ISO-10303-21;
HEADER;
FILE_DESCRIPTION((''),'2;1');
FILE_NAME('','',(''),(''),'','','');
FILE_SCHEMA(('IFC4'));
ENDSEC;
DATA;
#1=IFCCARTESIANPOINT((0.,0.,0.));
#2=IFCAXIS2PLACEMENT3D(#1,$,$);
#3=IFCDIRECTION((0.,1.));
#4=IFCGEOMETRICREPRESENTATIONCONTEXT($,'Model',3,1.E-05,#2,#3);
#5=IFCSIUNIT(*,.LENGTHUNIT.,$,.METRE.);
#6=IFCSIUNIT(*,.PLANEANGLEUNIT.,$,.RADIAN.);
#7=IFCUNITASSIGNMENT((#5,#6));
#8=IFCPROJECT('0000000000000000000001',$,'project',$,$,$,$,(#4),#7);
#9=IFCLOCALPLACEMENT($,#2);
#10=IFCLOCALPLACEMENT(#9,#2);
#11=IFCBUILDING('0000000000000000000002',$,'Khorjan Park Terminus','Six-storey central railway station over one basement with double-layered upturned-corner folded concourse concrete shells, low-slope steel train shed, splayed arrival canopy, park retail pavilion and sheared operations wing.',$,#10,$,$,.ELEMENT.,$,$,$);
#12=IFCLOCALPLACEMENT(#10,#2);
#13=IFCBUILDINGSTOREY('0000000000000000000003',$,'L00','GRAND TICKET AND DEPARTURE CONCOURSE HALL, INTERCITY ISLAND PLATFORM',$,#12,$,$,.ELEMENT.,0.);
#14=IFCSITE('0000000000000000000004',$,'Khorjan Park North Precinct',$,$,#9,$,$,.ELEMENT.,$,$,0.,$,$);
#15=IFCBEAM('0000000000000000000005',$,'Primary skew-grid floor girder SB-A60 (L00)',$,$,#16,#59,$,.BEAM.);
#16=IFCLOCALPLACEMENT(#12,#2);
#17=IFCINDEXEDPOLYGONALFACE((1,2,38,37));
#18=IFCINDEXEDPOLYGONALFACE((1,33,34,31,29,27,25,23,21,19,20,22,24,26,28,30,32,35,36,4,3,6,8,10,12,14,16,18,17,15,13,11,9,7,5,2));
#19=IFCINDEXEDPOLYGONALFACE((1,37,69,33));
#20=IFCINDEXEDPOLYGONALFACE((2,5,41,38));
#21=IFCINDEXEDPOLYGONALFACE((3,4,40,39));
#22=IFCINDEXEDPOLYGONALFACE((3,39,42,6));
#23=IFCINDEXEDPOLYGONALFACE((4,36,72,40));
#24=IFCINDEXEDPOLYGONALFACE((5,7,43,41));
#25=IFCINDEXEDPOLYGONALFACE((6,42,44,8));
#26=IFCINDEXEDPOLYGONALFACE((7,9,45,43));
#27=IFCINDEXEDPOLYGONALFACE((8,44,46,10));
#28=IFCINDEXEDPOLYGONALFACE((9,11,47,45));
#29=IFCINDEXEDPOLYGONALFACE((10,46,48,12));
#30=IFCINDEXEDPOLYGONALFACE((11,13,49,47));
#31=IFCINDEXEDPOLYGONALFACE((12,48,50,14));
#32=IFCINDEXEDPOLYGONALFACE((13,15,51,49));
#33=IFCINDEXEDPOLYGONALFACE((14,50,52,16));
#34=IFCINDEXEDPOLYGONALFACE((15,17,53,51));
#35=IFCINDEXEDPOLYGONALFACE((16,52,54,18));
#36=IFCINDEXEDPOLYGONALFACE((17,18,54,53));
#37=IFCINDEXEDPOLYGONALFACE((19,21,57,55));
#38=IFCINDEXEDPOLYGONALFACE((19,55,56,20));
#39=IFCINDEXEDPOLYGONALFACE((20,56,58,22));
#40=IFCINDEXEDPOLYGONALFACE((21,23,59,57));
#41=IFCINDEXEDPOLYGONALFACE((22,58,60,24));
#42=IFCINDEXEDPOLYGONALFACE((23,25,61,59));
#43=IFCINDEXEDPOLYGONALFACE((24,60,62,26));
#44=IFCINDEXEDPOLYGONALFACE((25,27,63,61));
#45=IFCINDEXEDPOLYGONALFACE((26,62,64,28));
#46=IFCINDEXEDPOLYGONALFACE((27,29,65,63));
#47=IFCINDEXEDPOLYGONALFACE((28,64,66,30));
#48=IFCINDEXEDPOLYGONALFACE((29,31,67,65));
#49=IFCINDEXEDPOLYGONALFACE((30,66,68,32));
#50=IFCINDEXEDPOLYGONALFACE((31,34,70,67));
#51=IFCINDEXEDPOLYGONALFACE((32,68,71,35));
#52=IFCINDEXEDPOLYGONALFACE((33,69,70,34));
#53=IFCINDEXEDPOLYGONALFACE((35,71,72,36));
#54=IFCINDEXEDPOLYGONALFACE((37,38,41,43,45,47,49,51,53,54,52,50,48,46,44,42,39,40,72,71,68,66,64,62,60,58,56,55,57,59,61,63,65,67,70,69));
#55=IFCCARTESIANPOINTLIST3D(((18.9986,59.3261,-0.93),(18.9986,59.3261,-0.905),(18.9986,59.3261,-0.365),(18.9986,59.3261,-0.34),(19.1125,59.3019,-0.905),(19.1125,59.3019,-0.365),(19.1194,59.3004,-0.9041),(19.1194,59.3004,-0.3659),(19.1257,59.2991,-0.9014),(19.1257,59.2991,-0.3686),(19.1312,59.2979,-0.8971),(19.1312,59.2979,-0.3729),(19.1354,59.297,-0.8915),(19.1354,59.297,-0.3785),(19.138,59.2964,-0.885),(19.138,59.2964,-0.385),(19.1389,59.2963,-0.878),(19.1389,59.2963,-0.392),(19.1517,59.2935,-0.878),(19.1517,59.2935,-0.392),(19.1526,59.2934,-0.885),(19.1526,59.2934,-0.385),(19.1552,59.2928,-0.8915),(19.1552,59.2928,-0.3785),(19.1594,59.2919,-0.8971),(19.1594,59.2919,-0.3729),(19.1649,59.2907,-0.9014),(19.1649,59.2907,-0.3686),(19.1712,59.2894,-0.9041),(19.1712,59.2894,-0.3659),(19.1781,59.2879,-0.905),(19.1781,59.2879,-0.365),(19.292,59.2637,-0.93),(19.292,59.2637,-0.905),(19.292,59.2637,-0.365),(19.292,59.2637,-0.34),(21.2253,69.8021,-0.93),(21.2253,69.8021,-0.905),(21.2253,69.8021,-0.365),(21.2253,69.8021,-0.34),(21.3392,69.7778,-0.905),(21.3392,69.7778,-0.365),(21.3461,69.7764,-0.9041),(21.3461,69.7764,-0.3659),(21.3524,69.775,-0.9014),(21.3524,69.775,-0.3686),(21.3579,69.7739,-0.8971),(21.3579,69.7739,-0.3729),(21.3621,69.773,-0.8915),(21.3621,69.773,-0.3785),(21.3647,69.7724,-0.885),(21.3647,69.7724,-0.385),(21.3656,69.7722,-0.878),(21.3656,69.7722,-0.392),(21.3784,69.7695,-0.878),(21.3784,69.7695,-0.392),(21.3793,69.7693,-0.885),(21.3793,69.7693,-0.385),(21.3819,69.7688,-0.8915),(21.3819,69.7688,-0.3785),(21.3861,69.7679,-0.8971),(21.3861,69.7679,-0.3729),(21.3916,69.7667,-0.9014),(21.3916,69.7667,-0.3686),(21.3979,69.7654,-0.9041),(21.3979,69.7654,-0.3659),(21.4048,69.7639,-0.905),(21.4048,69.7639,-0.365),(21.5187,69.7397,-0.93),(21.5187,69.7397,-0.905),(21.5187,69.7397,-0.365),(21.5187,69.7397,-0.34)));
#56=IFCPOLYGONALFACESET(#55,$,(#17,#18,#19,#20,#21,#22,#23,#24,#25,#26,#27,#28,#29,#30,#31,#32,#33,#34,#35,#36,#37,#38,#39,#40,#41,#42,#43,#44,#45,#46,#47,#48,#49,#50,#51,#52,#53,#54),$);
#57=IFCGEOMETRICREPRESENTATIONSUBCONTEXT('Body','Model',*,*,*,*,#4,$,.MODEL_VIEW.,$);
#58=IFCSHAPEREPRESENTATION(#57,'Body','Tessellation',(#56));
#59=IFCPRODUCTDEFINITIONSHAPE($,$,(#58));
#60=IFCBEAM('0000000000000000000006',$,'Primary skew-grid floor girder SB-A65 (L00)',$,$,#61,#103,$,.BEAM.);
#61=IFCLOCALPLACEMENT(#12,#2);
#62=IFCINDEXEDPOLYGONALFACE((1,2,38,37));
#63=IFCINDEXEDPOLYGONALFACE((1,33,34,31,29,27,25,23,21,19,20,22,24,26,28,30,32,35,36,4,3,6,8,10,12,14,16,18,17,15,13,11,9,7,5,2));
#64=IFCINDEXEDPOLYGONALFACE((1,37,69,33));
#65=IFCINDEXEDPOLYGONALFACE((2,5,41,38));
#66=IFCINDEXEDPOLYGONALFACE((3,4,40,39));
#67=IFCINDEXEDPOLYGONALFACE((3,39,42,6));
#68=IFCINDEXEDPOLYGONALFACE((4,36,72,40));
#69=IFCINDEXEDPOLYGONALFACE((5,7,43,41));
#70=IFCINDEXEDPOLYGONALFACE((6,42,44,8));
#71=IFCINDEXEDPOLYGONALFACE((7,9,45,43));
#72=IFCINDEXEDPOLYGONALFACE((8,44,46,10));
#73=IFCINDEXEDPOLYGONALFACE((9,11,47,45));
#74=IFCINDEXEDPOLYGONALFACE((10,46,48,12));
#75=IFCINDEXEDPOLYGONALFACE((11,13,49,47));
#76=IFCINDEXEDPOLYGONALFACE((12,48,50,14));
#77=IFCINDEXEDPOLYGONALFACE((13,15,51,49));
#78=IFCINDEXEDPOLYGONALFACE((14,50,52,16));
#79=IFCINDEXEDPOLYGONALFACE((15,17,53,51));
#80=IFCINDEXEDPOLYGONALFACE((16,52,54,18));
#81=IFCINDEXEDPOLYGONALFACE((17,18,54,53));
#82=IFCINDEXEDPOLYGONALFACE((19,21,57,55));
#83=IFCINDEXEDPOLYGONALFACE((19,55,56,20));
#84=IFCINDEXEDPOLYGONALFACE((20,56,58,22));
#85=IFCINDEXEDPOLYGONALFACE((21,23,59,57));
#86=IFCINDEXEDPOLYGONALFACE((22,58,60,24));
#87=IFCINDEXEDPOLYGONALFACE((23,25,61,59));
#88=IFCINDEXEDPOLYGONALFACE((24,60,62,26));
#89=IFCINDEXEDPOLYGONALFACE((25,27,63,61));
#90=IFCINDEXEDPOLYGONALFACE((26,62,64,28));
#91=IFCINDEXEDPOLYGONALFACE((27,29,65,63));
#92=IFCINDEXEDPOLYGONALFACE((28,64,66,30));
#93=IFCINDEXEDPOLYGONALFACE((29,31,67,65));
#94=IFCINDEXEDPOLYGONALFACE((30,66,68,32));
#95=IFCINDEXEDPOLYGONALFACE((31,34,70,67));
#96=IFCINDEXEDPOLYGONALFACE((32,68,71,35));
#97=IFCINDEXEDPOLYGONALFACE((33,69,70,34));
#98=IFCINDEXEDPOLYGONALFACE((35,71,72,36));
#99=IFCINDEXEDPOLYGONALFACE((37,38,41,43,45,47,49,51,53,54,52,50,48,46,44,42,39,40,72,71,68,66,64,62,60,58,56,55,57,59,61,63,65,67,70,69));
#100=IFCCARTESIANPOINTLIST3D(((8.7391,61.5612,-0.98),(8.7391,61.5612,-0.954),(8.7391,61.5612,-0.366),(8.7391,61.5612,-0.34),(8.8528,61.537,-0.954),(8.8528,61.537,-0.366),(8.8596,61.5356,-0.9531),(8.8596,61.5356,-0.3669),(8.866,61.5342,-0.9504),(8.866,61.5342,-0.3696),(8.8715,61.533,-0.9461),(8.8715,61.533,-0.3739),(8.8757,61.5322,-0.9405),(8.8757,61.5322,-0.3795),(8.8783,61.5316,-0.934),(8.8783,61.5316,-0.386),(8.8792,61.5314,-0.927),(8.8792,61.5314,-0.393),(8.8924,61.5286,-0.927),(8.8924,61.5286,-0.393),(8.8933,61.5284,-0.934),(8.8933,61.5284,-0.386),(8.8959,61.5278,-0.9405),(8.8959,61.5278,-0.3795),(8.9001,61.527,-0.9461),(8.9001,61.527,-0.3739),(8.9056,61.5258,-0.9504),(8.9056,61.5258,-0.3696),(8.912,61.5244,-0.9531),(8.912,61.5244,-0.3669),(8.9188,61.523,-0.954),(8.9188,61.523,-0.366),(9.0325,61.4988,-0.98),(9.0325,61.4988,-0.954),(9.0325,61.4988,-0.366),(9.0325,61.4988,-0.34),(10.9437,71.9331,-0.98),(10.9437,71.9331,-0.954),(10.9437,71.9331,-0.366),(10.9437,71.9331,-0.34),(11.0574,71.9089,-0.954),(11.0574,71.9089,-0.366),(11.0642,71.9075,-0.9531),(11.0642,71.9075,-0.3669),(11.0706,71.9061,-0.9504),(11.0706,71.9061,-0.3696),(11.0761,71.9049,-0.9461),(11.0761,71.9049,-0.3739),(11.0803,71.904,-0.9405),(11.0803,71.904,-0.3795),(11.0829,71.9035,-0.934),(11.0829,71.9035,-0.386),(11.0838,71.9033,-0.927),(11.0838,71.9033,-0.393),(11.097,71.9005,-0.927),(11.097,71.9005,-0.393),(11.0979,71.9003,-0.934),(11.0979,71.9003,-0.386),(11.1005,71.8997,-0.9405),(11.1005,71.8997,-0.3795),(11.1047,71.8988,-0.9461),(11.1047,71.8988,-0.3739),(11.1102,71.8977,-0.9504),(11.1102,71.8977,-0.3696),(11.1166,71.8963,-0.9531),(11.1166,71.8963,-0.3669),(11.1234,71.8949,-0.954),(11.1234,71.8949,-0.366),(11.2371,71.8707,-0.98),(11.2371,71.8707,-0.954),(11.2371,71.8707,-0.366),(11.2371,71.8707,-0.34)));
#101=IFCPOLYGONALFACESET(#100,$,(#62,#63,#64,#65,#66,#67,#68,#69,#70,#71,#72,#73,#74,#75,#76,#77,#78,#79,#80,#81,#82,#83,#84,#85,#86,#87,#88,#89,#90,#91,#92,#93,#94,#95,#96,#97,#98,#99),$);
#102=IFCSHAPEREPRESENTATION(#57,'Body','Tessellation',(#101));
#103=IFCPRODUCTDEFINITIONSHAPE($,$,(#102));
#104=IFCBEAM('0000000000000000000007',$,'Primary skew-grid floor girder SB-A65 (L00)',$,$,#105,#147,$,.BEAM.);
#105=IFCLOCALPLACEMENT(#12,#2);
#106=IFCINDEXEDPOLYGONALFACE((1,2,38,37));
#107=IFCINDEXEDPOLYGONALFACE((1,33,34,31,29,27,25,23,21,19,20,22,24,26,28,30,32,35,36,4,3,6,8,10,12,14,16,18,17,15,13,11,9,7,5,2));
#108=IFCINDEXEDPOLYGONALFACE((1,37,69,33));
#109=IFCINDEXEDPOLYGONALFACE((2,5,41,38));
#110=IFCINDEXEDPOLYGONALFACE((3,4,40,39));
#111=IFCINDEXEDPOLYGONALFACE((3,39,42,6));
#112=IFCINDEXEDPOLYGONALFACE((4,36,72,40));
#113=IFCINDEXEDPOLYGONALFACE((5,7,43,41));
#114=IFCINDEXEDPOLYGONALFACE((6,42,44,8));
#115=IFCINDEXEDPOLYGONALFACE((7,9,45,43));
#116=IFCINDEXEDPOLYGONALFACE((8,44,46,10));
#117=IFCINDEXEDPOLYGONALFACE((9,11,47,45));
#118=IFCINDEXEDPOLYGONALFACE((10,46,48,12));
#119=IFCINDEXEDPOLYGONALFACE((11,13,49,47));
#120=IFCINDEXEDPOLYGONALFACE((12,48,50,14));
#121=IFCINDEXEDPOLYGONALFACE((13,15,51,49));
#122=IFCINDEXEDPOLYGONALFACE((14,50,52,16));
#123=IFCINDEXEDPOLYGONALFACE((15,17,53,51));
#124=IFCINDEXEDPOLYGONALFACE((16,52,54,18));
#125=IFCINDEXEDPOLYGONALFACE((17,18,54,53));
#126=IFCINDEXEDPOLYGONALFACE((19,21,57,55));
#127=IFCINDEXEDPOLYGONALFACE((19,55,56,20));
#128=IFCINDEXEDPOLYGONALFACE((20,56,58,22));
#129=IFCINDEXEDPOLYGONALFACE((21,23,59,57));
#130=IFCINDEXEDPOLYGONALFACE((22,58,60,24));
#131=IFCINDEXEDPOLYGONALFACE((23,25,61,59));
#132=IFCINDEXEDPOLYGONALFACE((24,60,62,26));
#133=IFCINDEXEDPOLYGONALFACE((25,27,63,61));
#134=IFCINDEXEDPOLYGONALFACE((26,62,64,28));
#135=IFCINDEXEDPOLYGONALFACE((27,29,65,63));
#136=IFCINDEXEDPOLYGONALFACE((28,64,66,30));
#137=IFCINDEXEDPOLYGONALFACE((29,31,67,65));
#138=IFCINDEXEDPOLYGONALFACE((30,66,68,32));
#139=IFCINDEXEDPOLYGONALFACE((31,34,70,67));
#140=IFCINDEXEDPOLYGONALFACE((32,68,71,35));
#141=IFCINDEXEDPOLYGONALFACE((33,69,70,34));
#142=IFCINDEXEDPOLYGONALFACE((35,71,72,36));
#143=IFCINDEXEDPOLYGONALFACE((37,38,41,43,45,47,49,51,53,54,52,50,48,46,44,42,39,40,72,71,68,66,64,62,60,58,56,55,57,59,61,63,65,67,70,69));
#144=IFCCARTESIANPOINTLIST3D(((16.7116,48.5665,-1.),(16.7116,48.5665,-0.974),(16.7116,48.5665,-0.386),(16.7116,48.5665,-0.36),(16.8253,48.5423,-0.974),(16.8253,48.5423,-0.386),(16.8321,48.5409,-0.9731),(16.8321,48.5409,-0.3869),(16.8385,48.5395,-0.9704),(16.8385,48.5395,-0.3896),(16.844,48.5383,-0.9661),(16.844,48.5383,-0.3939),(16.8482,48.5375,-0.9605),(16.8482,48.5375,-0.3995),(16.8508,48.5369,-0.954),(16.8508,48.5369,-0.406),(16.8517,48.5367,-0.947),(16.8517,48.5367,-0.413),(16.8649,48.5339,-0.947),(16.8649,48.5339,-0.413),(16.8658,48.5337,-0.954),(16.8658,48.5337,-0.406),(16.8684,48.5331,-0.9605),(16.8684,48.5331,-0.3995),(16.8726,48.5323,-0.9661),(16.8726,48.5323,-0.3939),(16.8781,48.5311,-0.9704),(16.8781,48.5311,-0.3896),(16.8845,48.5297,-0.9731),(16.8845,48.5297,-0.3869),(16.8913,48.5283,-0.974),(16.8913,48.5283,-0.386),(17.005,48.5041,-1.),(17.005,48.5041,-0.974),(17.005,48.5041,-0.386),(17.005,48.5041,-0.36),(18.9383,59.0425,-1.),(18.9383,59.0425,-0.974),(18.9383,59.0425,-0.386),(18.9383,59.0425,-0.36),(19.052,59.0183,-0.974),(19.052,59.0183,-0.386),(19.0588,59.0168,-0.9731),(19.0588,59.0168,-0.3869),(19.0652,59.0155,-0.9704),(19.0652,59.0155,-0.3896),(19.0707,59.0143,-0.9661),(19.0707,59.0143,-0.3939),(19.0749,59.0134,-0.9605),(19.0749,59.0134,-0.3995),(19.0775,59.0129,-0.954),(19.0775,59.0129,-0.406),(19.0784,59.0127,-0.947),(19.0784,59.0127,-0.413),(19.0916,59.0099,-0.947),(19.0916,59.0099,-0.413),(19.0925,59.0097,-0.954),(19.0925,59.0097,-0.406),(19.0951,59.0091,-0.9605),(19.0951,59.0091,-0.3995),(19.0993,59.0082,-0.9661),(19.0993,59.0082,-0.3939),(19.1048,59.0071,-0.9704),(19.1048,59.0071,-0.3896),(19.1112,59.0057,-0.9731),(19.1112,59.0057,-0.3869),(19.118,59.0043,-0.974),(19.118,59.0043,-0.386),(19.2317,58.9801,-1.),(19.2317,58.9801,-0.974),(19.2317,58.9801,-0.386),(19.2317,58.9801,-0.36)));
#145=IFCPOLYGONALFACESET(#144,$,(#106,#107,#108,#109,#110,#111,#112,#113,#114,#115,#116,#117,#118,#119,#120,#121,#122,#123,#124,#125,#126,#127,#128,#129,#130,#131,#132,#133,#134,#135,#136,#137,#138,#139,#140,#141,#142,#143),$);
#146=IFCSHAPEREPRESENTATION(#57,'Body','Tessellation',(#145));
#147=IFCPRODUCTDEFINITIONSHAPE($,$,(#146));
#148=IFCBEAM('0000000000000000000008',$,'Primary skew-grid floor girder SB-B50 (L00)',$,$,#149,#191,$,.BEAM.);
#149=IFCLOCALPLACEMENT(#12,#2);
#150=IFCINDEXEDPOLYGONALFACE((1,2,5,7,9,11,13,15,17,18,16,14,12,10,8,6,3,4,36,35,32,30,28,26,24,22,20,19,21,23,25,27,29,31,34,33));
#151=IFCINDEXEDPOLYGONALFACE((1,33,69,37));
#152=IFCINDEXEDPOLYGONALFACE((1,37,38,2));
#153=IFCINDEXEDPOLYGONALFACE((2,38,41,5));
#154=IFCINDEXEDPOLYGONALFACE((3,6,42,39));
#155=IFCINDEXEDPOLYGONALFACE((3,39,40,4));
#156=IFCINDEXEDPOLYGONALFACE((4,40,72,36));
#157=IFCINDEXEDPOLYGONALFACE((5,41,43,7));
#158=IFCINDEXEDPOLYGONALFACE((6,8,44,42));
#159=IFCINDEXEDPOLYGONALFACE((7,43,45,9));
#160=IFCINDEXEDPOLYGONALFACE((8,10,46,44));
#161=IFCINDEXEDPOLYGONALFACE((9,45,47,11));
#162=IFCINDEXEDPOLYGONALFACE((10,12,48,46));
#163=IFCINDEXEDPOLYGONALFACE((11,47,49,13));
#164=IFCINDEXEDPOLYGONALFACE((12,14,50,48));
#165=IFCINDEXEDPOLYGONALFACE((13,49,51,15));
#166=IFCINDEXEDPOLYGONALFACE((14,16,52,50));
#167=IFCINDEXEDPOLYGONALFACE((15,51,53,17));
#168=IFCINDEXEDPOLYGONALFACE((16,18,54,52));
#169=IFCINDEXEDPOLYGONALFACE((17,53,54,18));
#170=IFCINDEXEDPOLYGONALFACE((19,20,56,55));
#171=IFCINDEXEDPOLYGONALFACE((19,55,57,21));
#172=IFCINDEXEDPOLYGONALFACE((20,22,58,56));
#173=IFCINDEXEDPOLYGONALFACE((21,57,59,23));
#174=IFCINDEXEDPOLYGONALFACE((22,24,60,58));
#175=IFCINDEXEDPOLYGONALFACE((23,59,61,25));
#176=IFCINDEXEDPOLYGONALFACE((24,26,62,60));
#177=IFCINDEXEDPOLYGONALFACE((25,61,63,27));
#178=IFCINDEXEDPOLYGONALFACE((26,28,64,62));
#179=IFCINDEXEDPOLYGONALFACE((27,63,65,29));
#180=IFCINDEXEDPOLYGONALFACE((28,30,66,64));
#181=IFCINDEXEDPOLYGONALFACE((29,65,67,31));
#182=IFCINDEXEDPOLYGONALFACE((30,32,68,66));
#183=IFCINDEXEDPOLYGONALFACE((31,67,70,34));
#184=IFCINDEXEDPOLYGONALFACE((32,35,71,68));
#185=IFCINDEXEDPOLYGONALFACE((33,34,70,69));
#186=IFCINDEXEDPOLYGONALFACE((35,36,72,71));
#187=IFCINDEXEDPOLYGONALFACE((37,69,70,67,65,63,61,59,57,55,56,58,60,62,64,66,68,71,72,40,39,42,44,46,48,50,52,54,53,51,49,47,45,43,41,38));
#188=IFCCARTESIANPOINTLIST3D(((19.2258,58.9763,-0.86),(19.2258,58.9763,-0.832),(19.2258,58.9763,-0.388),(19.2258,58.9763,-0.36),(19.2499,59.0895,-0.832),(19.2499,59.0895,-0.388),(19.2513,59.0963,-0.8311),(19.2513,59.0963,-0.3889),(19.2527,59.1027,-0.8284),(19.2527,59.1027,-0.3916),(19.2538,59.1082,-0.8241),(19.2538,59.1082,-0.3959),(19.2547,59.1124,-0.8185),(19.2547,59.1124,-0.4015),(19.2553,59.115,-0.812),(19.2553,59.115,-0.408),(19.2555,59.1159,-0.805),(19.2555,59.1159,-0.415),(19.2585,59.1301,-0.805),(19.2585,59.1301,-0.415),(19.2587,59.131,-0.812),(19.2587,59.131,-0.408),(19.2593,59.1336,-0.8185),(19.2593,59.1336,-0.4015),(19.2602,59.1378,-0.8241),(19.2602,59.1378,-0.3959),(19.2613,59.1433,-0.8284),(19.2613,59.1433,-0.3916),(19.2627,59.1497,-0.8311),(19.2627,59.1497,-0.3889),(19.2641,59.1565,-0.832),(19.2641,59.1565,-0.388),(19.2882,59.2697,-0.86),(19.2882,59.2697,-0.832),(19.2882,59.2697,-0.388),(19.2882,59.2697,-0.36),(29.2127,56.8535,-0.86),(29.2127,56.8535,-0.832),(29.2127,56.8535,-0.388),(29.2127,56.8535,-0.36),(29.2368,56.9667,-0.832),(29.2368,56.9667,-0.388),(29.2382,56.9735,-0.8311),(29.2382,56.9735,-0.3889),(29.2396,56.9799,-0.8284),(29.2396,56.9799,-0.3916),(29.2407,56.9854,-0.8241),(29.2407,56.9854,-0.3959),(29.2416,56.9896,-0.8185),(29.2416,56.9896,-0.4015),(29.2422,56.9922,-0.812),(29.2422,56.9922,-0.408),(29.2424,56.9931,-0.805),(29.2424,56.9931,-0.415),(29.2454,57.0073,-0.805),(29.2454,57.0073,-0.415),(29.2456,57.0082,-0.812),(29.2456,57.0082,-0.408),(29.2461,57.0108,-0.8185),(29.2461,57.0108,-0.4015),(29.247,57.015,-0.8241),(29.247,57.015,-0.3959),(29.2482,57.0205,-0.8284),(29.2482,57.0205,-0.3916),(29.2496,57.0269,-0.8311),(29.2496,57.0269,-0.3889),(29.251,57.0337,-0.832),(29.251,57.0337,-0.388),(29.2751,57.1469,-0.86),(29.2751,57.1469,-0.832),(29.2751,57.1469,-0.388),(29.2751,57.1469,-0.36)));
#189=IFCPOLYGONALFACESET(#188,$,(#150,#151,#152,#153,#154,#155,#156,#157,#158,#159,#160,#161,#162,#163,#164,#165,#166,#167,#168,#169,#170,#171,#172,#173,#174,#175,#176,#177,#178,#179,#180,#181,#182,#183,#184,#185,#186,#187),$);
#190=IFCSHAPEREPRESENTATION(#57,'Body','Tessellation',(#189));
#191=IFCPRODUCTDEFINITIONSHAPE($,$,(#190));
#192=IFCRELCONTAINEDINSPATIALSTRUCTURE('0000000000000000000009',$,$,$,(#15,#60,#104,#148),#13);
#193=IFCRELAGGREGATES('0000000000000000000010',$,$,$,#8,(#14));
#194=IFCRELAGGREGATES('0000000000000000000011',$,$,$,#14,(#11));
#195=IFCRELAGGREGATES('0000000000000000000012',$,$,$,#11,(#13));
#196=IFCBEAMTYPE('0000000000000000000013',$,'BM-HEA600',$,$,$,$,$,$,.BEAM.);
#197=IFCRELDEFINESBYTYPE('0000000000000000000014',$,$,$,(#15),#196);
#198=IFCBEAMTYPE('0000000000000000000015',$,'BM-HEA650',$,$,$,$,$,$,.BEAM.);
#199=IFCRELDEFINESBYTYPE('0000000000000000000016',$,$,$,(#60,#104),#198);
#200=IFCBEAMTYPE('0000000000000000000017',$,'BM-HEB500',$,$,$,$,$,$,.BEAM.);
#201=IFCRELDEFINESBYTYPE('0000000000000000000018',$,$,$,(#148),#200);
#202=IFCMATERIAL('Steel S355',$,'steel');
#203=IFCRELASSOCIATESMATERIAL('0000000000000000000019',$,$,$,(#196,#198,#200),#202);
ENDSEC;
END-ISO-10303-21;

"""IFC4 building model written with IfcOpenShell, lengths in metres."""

from ifc_helpers import new_model, si_unit, direction, frame, origin, origin_2d, place, context, subcontext, project, spatial, i_section, extrude, material, material_profile, profile_set, type_object, element, save


model = new_model("IFC4")

# Units and contexts
model_context = context("Model", 3, precision=1e-05, world=origin(), true_north=direction((0.0, 1.0)))
body_context = subcontext(model_context, "Body", "Model", "MODEL_VIEW")
ifc_project = project(units=[si_unit("LENGTHUNIT", "METRE"), si_unit("PLANEANGLEUNIT", "RADIAN")], contexts=[model_context])

# Site, building, storey
site_placement = place(None, origin())
site = spatial("IfcSite", under=ifc_project, at=site_placement, Name="Khorjan Park North Precinct", CompositionType="ELEMENT", RefElevation=0.0)
building_placement = place(site_placement, origin())
building = spatial("IfcBuilding", under=site, at=building_placement, Name="Khorjan Park Terminus", Description="Six-storey central railway station over one basement with double-layered upturned-corner folded concourse concrete shells, low-slope steel train shed, splayed arrival canopy, park retail pavilion and sheared operations wing.", CompositionType="ELEMENT")
storey_placement = place(building_placement, origin())
storey = spatial("IfcBuildingStorey", under=building, at=storey_placement, Name="L00", Description="GRAND TICKET AND DEPARTURE CONCOURSE HALL, INTERCITY ISLAND PLATFORM", CompositionType="ELEMENT", Elevation=0.0)

# Shared definitions
ifc_material_1 = material(Name="Steel S355", Category="steel")

# Beams
ifc_material_profile_1 = material_profile(ifc_material_1, i_section(OverallWidth=0.3, OverallDepth=0.59, WebThickness=0.013, FlangeThickness=0.025, FilletRadius=0.027, at=origin_2d()), Name="HEA 600")
ifc_profile_set_1 = profile_set([ifc_material_profile_1], Name="Steel S355")
beam_type_1 = type_object("IfcBeamType", Name="BM-HEA600", PredefinedType="BEAM", material=ifc_profile_set_1)
beam_1_placement = place(storey_placement, frame((19.1453, 59.2949, -0.635), z_axis=(0.207908, 0.978148, 0.0), x_axis=(-0.978148, 0.207908, 0.0)))
element("IfcBeam", 1, at=beam_1_placement, inside=storey, type_object=beam_type_1, Name="Primary skew-grid floor girder SB-A60 (L00)", PredefinedType="BEAM", context=body_context, shape_type="SweptSolid", body=[
    extrude(i_section(OverallWidth=0.3, OverallDepth=0.59, WebThickness=0.013, FlangeThickness=0.025, FilletRadius=0.027, at=origin_2d()), origin(), (0.0, 0.0, 1.0), 10.71),
])
ifc_material_profile_2 = material_profile(ifc_material_1, i_section(OverallWidth=0.3, OverallDepth=0.64, WebThickness=0.0135, FlangeThickness=0.026, FilletRadius=0.027, at=origin_2d()), Name="HEA 650")
ifc_profile_set_2 = profile_set([ifc_material_profile_2], Name="Steel S355")
beam_type_2 = type_object("IfcBeamType", Name="BM-HEA650", PredefinedType="BEAM", material=ifc_profile_set_2)
beam_2_placement = place(storey_placement, frame((8.8858, 61.53, -0.66), z_axis=(0.20791, 0.978148, 0.0), x_axis=(-0.978148, 0.20791, 0.0)))
element("IfcBeam", 2, at=beam_2_placement, inside=storey, type_object=beam_type_2, Name="Primary skew-grid floor girder SB-A65 (L00)", PredefinedType="BEAM", context=body_context, shape_type="SweptSolid", body=[
    extrude(i_section(OverallWidth=0.3, OverallDepth=0.64, WebThickness=0.0135, FlangeThickness=0.026, FilletRadius=0.027, at=origin_2d()), origin(), (0.0, 0.0, 1.0), 10.6036),
])
beam_3_placement = place(storey_placement, frame((16.8583, 48.5353, -0.68), z_axis=(0.207908, 0.978148, 0.0), x_axis=(-0.978148, 0.207908, 0.0)))
element("IfcBeam", 3, at=beam_3_placement, inside=storey, type_object=beam_type_2, Name="Primary skew-grid floor girder SB-A65 (L00)", PredefinedType="BEAM", context=body_context, shape_type="SweptSolid", body=[
    extrude(i_section(OverallWidth=0.3, OverallDepth=0.64, WebThickness=0.0135, FlangeThickness=0.026, FilletRadius=0.027, at=origin_2d()), origin(), (0.0, 0.0, 1.0), 10.71),
])
ifc_material_profile_3 = material_profile(ifc_material_1, i_section(OverallWidth=0.3, OverallDepth=0.5, WebThickness=0.0145, FlangeThickness=0.028, FilletRadius=0.027, at=origin_2d()), Name="HEB 500")
ifc_profile_set_3 = profile_set([ifc_material_profile_3], Name="Steel S355")
beam_type_3 = type_object("IfcBeamType", Name="BM-HEB500", PredefinedType="BEAM", material=ifc_profile_set_3)
beam_4_placement = place(storey_placement, frame((19.257, 59.123, -0.61), z_axis=(0.978147, -0.207913, 0.0), x_axis=(0.207913, 0.978147, 0.0)))
element("IfcBeam", 4, at=beam_4_placement, inside=storey, type_object=beam_type_3, Name="Primary skew-grid floor girder SB-B50 (L00)", PredefinedType="BEAM", context=body_context, shape_type="SweptSolid", body=[
    extrude(i_section(OverallWidth=0.3, OverallDepth=0.5, WebThickness=0.0145, FlangeThickness=0.028, FilletRadius=0.027, at=origin_2d()), origin(), (0.0, 0.0, 1.0), 10.21),
])

save(model, "model.ifc")
